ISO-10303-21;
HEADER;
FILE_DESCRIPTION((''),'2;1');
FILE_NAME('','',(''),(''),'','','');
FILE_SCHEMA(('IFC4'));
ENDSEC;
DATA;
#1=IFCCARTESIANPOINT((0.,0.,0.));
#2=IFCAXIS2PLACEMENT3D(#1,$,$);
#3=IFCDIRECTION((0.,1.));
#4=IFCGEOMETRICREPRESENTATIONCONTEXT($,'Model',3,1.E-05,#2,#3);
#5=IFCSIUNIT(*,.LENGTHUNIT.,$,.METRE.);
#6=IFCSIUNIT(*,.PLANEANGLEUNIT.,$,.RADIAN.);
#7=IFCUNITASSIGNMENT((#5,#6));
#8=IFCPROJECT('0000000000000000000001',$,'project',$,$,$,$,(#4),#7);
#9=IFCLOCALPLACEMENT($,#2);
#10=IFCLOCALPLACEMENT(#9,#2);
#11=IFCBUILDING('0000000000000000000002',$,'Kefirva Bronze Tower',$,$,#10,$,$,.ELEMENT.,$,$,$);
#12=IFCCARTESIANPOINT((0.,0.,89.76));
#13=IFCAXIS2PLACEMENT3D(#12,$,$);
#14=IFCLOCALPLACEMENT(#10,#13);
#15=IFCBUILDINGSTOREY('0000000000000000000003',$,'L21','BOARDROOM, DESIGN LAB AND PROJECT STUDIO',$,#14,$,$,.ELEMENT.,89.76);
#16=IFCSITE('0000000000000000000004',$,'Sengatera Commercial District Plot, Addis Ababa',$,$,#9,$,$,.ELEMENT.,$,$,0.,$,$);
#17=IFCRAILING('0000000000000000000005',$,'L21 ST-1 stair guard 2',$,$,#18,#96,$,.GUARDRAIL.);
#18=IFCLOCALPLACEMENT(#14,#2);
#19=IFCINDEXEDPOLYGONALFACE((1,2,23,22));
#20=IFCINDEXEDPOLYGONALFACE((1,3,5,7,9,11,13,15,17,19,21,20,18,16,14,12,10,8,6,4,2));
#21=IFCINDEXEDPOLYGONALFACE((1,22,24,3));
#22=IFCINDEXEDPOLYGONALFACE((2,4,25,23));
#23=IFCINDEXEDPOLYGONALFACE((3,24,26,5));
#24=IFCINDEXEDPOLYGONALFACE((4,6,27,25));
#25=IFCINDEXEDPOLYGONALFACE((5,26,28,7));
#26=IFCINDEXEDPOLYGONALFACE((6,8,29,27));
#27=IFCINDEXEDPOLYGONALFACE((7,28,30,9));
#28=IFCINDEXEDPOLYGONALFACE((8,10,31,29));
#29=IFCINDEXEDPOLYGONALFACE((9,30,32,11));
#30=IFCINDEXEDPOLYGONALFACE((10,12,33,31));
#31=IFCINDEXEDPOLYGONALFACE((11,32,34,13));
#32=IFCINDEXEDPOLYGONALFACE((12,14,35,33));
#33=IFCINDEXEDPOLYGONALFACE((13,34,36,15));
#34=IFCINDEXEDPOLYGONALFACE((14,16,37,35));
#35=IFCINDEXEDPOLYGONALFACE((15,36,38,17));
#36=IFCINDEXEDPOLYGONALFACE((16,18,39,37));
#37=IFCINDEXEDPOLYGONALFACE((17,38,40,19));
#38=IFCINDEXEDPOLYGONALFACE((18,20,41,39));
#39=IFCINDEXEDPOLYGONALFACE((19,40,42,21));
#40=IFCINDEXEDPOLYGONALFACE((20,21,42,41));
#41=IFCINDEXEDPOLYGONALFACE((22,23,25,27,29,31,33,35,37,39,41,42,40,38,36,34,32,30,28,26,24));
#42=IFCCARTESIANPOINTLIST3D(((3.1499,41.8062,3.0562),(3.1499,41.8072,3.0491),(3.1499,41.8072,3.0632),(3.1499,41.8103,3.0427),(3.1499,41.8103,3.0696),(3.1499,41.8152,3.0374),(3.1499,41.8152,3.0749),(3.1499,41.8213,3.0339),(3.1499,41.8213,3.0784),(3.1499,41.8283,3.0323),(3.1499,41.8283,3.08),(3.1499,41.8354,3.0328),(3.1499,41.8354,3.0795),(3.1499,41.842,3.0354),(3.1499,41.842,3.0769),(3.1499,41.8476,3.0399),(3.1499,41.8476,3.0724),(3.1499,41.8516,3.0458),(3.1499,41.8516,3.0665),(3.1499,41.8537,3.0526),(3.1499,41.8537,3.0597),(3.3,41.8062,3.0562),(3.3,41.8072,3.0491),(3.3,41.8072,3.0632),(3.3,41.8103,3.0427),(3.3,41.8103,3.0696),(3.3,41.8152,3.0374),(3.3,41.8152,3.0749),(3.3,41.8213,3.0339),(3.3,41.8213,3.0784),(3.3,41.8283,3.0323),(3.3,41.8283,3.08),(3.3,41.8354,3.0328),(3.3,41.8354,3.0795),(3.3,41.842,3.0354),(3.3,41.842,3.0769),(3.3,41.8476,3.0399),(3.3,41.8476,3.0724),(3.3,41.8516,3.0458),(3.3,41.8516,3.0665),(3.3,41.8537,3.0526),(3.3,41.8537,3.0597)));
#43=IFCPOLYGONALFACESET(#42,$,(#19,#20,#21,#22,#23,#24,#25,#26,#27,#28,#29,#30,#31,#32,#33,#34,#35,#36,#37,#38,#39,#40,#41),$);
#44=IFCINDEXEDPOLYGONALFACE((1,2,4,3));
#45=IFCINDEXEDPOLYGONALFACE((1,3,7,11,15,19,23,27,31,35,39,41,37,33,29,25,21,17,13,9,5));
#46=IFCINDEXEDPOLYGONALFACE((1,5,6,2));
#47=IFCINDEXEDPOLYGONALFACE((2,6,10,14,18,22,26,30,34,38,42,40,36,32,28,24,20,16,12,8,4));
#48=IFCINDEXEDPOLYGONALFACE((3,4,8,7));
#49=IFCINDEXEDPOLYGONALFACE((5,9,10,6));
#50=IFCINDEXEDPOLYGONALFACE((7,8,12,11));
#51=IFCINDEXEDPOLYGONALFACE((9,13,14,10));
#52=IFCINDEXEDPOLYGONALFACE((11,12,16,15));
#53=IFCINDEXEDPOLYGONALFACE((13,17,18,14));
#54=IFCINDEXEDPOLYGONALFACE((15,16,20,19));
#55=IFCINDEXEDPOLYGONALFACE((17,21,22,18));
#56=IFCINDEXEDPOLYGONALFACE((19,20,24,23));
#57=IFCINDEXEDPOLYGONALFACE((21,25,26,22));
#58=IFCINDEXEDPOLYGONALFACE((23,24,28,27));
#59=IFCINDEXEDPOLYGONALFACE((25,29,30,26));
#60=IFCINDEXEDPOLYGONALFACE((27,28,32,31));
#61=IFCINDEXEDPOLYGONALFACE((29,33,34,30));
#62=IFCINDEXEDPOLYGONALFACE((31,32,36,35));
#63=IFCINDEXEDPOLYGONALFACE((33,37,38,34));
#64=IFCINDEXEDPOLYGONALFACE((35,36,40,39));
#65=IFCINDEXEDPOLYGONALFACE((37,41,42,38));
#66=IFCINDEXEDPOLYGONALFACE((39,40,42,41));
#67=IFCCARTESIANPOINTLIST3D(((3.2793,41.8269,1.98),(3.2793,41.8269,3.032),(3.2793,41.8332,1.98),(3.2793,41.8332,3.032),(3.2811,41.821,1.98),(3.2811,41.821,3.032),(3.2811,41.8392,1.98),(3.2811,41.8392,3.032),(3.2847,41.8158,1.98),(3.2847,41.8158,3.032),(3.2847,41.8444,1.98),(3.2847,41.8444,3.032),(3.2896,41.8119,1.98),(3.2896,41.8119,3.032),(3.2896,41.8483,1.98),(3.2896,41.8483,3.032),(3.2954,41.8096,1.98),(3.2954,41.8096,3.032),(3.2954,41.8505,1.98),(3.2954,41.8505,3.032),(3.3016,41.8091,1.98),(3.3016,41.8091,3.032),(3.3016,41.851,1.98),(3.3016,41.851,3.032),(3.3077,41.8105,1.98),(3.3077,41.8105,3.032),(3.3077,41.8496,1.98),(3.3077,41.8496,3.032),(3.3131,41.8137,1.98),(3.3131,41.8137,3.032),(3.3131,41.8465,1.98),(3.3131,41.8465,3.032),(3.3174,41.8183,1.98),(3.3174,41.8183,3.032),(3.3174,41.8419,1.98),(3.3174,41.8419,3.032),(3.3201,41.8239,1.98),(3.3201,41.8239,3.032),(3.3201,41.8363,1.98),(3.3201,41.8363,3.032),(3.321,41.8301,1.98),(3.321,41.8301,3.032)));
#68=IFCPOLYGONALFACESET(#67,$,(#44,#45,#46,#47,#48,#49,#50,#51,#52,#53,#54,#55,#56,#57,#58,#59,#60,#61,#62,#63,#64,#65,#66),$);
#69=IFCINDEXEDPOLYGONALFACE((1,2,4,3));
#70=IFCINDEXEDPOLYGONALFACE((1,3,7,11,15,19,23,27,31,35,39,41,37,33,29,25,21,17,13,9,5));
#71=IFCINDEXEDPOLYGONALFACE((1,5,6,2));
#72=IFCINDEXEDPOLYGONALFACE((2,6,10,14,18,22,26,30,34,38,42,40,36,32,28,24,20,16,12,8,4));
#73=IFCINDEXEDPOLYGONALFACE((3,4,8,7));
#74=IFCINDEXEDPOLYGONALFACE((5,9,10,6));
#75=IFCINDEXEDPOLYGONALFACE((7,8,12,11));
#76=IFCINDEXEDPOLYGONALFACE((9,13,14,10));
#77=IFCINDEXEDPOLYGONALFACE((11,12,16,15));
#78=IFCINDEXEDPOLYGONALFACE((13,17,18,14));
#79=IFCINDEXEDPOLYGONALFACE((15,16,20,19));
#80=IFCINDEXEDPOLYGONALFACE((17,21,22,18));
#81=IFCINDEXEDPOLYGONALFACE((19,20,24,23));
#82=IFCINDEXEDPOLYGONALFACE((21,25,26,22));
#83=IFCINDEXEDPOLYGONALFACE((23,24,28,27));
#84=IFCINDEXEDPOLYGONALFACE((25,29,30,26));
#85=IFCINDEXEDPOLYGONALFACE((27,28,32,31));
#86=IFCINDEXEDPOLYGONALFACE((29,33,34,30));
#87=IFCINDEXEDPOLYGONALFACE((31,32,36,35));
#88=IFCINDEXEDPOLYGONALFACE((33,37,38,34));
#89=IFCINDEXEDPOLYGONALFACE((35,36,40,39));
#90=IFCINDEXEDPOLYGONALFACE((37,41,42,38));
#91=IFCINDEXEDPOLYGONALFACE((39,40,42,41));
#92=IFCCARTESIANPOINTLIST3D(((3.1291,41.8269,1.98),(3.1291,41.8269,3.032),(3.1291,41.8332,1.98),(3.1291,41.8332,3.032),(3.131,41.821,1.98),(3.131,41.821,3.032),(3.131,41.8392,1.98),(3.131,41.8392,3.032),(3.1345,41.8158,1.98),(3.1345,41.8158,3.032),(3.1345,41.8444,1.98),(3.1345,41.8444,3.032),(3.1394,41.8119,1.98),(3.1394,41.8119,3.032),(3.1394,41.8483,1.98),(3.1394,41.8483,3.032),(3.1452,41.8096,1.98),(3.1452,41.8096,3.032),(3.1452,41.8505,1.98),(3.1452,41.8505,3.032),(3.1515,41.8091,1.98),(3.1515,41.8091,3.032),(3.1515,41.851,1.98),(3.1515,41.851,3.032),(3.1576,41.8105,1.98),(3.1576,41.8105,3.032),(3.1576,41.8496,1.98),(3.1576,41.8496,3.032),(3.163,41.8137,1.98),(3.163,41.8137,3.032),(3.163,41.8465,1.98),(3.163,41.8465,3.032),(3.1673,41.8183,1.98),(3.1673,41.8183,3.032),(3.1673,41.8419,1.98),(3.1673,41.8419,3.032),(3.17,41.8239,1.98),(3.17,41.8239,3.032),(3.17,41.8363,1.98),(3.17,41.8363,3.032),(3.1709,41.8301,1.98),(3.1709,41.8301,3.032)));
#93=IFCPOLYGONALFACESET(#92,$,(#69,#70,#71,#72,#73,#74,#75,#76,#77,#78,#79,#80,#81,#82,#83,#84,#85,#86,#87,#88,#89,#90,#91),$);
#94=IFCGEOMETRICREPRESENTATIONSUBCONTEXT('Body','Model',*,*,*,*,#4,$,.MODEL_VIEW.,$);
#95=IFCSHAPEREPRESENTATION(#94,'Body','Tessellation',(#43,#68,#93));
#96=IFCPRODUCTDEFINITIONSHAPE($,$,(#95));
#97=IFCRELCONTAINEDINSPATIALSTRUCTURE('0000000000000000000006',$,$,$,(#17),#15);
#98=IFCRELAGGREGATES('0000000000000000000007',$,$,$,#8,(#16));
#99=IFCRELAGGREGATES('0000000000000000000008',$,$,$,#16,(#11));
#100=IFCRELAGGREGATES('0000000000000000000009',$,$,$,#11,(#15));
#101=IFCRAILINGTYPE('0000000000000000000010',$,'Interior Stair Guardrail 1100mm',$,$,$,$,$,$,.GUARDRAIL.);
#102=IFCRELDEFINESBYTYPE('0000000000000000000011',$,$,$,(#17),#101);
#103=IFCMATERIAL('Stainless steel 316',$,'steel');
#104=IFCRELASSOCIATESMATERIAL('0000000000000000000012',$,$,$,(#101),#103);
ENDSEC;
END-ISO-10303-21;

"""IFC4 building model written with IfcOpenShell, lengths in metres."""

from ifc_helpers import new_model, si_unit, direction, frame, origin, origin_2d, place, context, subcontext, project, spatial, circle, extrude, material, type_object, element, save


model = new_model("IFC4")

# Units and contexts
model_context = context("Model", 3, precision=1e-05, world=origin(), true_north=direction((0.0, 1.0)))
body_context = subcontext(model_context, "Body", "Model", "MODEL_VIEW")
ifc_project = project(units=[si_unit("LENGTHUNIT", "METRE"), si_unit("PLANEANGLEUNIT", "RADIAN")], contexts=[model_context])

# Site, building, storey
site_placement = place(None, origin())
site = spatial("IfcSite", under=ifc_project, at=site_placement, Name="Sengatera Commercial District Plot, Addis Ababa", CompositionType="ELEMENT", RefElevation=0.0)
building_placement = place(site_placement, origin())
building = spatial("IfcBuilding", under=site, at=building_placement, Name="Kefirva Bronze Tower", CompositionType="ELEMENT")
storey_placement = place(building_placement, frame((0.0, 0.0, 89.76)))
storey = spatial("IfcBuildingStorey", under=building, at=storey_placement, Name="L21", Description="BOARDROOM, DESIGN LAB AND PROJECT STUDIO", CompositionType="ELEMENT", Elevation=89.76)

# Railing
ifc_material_1 = material(Name="Stainless steel 316", Category="steel")
railing_type_1 = type_object("IfcRailingType", Name="Interior Stair Guardrail 1100mm", PredefinedType="GUARDRAIL", material=ifc_material_1)
railing_1_placement = place(storey_placement, frame((3.3, 41.8301, 1.98)))
element("IfcRailing", 1, at=railing_1_placement, inside=storey, type_object=railing_type_1, Name="L21 ST-1 stair guard 2", PredefinedType="GUARDRAIL", context=body_context, shape_type="SweptSolid", body=[
    extrude(circle(Radius=0.0239, at=origin_2d()), frame((0.0, 0.0, 1.0762), z_axis=(-1.0, 0.0, 0.0), x_axis=(0.0, -1.0, 0.0)), (0.0, 0.0, 1.0), 0.1501),
    extrude(circle(Radius=0.021, at=origin_2d()), origin(), (0.0, 0.0, 1.0), 1.052),
    extrude(circle(Radius=0.021, at=origin_2d()), frame((-0.1501, 0.0, 0.0)), (0.0, 0.0, 1.0), 1.052),
])

save(model, "model.ifc")
